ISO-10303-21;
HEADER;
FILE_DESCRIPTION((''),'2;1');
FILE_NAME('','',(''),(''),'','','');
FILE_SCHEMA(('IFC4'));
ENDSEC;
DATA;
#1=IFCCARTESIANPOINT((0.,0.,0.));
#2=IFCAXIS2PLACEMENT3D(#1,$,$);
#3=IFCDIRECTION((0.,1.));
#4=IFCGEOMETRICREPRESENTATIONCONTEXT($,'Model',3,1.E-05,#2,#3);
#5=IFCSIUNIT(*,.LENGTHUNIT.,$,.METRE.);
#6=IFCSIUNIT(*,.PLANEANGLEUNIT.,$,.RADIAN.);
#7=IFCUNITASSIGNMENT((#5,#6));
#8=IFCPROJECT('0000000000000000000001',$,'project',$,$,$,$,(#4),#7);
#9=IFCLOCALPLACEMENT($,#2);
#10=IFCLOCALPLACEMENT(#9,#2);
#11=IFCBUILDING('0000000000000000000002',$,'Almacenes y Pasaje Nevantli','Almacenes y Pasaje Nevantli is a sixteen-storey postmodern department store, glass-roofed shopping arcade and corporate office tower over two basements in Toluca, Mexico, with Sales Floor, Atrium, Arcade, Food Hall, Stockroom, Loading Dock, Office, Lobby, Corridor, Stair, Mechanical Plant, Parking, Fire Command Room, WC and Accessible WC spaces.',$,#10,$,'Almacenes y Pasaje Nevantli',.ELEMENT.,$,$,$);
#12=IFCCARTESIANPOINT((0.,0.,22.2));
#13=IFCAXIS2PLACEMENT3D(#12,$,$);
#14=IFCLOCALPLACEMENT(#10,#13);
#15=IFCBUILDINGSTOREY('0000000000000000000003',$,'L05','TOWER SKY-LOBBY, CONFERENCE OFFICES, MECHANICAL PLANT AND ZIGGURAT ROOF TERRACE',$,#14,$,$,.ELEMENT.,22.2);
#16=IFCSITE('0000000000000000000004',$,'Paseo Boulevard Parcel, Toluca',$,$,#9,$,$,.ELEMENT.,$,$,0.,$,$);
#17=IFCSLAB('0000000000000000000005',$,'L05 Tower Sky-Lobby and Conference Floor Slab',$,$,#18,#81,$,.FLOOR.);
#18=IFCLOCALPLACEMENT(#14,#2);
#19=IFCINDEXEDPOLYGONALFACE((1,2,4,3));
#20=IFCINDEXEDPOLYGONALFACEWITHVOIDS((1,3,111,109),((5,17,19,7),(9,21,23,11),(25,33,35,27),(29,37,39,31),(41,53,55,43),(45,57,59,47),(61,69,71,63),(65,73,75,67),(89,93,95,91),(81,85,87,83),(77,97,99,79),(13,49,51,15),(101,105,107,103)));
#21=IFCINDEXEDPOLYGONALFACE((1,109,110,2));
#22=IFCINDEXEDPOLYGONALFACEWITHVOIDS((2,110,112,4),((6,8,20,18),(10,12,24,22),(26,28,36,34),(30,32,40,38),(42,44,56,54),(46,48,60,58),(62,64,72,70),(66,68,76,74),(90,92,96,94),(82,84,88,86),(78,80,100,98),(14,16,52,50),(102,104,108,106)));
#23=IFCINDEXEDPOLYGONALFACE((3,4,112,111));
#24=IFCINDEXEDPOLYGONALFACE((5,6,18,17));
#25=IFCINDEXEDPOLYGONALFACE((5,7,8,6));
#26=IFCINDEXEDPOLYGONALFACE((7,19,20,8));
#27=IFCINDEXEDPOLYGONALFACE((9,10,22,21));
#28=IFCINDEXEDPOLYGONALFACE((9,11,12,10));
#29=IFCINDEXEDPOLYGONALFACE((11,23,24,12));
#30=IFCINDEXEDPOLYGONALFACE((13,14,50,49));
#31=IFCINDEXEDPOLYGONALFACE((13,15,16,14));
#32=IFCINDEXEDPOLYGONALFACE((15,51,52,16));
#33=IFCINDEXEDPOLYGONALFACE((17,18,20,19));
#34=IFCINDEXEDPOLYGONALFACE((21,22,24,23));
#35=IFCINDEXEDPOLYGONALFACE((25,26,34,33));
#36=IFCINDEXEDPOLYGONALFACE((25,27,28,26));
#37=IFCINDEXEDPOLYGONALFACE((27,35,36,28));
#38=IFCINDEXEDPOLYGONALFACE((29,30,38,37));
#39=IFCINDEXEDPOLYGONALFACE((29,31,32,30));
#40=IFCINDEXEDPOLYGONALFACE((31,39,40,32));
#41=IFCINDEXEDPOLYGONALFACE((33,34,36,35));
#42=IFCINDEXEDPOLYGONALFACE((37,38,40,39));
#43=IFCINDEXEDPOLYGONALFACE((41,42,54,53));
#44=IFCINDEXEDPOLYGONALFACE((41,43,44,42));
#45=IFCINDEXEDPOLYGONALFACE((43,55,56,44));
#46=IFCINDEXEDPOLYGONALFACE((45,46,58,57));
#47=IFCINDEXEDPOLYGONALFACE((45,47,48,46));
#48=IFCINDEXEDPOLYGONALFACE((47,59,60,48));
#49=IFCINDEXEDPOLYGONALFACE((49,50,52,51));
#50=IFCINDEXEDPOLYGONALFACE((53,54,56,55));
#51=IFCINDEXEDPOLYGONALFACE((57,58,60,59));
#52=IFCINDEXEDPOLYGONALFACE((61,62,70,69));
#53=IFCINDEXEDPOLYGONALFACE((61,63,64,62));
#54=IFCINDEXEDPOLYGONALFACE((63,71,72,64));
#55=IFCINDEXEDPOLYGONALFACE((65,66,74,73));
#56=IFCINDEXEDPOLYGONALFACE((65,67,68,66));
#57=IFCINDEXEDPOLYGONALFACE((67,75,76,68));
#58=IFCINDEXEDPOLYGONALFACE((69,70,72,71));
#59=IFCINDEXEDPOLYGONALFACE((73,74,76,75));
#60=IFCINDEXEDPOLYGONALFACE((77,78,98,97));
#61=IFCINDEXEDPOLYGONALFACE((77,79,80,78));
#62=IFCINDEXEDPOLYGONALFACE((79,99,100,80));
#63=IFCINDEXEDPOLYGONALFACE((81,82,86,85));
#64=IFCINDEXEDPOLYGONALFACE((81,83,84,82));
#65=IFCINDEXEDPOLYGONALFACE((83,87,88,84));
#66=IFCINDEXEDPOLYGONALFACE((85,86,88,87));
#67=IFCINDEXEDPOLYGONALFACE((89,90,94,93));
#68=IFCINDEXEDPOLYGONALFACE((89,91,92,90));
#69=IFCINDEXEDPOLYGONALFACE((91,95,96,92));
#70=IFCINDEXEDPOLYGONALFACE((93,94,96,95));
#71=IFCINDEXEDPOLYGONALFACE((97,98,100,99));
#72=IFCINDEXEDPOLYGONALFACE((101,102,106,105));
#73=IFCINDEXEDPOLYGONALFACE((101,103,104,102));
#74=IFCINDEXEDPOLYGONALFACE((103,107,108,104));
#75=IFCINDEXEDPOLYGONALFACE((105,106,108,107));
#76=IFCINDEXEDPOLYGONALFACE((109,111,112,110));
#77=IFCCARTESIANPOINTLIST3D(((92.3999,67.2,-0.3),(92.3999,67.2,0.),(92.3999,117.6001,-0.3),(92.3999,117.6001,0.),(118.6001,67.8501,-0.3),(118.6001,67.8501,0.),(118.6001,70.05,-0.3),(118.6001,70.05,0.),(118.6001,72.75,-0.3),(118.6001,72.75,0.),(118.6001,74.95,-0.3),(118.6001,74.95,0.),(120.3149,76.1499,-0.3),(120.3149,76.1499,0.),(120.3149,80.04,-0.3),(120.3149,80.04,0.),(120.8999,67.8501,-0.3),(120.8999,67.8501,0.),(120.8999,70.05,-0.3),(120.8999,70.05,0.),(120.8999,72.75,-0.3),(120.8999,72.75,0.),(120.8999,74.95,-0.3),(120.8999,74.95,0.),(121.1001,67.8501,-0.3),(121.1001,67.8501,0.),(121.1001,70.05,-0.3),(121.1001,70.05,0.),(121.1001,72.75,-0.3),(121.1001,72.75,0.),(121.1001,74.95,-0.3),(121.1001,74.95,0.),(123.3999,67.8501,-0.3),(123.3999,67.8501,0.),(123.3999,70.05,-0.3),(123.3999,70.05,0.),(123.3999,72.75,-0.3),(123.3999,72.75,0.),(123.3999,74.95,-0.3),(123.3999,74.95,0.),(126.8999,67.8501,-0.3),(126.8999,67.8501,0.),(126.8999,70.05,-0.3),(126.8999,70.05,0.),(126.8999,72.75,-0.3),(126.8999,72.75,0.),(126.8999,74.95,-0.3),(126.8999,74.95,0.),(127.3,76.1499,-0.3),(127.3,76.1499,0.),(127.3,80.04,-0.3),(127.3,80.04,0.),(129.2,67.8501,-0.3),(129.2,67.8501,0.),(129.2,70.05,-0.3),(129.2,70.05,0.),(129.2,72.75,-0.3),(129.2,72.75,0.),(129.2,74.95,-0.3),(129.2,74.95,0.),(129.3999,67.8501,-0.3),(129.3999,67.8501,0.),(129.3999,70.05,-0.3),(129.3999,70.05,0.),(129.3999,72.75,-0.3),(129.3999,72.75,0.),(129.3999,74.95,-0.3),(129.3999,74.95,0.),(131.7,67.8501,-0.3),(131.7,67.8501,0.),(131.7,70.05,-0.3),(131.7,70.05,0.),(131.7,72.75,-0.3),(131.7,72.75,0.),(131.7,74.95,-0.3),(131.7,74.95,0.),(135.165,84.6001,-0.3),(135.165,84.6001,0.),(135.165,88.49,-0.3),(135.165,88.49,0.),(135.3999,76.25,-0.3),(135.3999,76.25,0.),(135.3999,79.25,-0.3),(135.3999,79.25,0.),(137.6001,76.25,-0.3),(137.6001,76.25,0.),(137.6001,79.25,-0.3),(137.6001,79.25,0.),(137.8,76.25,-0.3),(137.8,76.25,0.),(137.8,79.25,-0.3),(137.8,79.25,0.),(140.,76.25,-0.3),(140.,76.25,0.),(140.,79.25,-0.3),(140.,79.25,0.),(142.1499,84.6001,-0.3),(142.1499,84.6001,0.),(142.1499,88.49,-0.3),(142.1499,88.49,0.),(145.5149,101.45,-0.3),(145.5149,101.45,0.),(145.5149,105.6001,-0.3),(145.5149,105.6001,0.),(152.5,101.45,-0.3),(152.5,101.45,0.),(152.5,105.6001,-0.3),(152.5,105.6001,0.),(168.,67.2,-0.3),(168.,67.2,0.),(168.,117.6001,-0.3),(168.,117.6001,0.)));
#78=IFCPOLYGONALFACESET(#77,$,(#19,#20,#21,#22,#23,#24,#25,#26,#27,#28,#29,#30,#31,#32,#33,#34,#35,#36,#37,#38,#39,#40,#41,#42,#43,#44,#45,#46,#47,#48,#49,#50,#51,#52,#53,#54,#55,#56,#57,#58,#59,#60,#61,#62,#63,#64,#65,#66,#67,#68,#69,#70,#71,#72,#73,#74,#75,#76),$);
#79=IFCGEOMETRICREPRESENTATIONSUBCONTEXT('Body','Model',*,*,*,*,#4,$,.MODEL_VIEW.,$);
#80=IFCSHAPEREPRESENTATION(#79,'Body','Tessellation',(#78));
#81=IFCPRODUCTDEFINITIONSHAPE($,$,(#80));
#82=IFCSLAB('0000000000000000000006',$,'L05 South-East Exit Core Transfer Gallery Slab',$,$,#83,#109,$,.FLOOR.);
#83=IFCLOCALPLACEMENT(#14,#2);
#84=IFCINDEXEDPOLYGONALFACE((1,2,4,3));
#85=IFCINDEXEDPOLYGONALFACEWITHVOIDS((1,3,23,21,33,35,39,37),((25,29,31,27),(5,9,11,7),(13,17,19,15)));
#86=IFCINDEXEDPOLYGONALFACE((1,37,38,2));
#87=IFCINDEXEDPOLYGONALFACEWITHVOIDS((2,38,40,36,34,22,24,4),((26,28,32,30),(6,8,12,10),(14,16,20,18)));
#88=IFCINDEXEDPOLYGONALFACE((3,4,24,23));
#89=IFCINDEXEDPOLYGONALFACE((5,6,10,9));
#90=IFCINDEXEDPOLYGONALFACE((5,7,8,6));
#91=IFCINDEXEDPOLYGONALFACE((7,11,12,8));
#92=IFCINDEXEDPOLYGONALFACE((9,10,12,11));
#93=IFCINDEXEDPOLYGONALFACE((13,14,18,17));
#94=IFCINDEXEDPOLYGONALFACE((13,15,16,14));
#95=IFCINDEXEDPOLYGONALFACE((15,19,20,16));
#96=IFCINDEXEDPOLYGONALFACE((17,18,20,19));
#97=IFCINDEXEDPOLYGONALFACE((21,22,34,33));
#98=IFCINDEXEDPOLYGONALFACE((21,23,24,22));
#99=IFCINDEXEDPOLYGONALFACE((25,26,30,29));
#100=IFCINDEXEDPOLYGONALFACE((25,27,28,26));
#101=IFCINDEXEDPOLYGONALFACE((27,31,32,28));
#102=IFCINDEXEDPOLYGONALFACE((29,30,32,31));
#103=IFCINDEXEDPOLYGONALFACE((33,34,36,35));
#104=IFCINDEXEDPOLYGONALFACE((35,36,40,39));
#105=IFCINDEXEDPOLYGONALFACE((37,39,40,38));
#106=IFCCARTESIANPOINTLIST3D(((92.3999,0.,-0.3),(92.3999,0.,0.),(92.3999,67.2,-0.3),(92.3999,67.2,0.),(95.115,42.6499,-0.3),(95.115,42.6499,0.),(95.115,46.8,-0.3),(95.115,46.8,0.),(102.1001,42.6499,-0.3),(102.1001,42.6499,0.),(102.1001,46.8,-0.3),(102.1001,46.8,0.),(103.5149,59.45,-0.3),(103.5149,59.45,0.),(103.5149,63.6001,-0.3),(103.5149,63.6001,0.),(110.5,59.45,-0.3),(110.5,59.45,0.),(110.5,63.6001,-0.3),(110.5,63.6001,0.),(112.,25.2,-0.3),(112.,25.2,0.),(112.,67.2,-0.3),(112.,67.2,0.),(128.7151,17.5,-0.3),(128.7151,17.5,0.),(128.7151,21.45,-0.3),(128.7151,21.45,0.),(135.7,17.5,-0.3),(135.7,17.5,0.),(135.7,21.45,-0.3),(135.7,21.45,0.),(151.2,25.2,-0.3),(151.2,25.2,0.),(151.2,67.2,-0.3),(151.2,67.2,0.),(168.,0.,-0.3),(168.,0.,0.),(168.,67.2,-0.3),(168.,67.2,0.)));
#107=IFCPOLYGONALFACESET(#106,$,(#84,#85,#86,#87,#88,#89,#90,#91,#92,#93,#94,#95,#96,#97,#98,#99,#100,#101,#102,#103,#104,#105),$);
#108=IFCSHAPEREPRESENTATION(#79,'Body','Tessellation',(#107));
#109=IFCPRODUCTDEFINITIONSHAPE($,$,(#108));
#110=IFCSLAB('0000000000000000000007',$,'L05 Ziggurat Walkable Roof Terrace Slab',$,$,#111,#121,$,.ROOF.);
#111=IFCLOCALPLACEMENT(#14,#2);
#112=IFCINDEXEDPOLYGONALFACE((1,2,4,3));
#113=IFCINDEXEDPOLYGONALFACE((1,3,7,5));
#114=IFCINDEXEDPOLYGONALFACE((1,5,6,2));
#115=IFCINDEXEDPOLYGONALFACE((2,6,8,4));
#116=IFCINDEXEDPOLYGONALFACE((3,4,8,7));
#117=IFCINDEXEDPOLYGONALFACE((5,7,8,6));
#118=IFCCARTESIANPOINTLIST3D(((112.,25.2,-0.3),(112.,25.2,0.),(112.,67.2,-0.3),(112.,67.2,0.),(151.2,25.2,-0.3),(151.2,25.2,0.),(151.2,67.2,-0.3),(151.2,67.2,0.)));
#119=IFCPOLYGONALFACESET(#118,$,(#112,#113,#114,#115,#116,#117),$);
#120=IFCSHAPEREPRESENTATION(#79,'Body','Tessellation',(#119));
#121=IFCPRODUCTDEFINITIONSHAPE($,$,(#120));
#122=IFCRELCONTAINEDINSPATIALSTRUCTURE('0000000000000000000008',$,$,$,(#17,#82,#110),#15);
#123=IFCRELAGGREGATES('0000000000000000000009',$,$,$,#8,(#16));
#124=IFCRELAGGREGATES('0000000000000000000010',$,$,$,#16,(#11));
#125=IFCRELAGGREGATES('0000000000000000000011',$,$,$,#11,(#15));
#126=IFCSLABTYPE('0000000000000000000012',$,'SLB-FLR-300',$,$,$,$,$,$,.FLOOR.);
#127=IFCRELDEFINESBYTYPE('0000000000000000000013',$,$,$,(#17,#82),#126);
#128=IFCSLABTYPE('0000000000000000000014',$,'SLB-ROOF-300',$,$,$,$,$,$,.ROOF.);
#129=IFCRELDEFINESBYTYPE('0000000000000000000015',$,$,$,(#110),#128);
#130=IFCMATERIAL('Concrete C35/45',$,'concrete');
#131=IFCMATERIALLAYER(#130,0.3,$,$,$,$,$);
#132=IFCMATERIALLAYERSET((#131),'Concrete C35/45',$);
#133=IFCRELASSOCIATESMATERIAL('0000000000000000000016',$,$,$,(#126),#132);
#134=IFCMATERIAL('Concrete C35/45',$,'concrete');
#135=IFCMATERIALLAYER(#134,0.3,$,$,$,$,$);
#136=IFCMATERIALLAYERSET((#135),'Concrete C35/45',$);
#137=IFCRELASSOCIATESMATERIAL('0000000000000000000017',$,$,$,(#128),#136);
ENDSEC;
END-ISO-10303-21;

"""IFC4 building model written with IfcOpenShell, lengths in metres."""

from ifc_helpers import new_model, si_unit, direction, frame, origin, place, context, subcontext, project, spatial, polyline, outline, extrude, material, layer, layer_set, type_object, element, save


model = new_model("IFC4")

# Units and contexts
model_context = context("Model", 3, precision=1e-05, world=origin(), true_north=direction((0.0, 1.0)))
body_context = subcontext(model_context, "Body", "Model", "MODEL_VIEW")
ifc_project = project(units=[si_unit("LENGTHUNIT", "METRE"), si_unit("PLANEANGLEUNIT", "RADIAN")], contexts=[model_context])

# Site, building, storey
site_placement = place(None, origin())
site = spatial("IfcSite", under=ifc_project, at=site_placement, Name="Paseo Boulevard Parcel, Toluca", CompositionType="ELEMENT", RefElevation=0.0)
building_placement = place(site_placement, origin())
building = spatial("IfcBuilding", under=site, at=building_placement, Name="Almacenes y Pasaje Nevantli", Description="Almacenes y Pasaje Nevantli is a sixteen-storey postmodern department store, glass-roofed shopping arcade and corporate office tower over two basements in Toluca, Mexico, with Sales Floor, Atrium, Arcade, Food Hall, Stockroom, Loading Dock, Office, Lobby, Corridor, Stair, Mechanical Plant, Parking, Fire Command Room, WC and Accessible WC spaces.", LongName="Almacenes y Pasaje Nevantli", CompositionType="ELEMENT")
storey_placement = place(building_placement, frame((0.0, 0.0, 22.2)))
storey = spatial("IfcBuildingStorey", under=building, at=storey_placement, Name="L05", Description="TOWER SKY-LOBBY, CONFERENCE OFFICES, MECHANICAL PLANT AND ZIGGURAT ROOF TERRACE", CompositionType="ELEMENT", Elevation=22.2)

# Shared definitions
ifc_material_1 = material(Name="Concrete C35/45", Category="concrete")
ifc_layer_1 = layer(ifc_material_1, 0.3)
ifc_layer_set_1 = layer_set([ifc_layer_1], Name="Concrete C35/45")
slab_type_1 = type_object("IfcSlabType", Name="SLB-FLR-300", PredefinedType="FLOOR", material=ifc_layer_set_1)

# Slabs
slab_1_placement = place(storey_placement, frame((0.0, 0.0, -0.3)))
element("IfcSlab", 1, at=slab_1_placement, inside=storey, type_object=slab_type_1, Name="L05 Tower Sky-Lobby and Conference Floor Slab", PredefinedType="FLOOR", context=body_context, shape_type="SweptSolid", body=[
    extrude(outline(polyline([(92.3999, 67.2), (168.0, 67.2), (168.0, 117.6001), (92.3999, 117.6001), (92.3999, 67.2)]), holes=[polyline([(120.3149, 76.1499), (127.3, 76.1499), (127.3, 80.04), (120.3149, 80.04), (120.3149, 76.1499)]), polyline([(135.165, 84.6001), (142.1499, 84.6001), (142.1499, 88.49), (135.165, 88.49), (135.165, 84.6001)]), polyline([(145.5149, 101.45), (152.5, 101.45), (152.5, 105.6001), (145.5149, 105.6001), (145.5149, 101.45)]), polyline([(126.8999, 67.8501), (129.2, 67.8501), (129.2, 70.05), (126.8999, 70.05), (126.8999, 67.8501)]), polyline([(129.3999, 67.8501), (131.7, 67.8501), (131.7, 70.05), (129.3999, 70.05), (129.3999, 67.8501)]), polyline([(126.8999, 72.75), (129.2, 72.75), (129.2, 74.95), (126.8999, 74.95), (126.8999, 72.75)]), polyline([(129.3999, 72.75), (131.7, 72.75), (131.7, 74.95), (129.3999, 74.95), (129.3999, 72.75)]), polyline([(118.6001, 67.8501), (120.8999, 67.8501), (120.8999, 70.05), (118.6001, 70.05), (118.6001, 67.8501)]), polyline([(121.1001, 67.8501), (123.3999, 67.8501), (123.3999, 70.05), (121.1001, 70.05), (121.1001, 67.8501)]), polyline([(118.6001, 72.75), (120.8999, 72.75), (120.8999, 74.95), (118.6001, 74.95), (118.6001, 72.75)]), polyline([(121.1001, 72.75), (123.3999, 72.75), (123.3999, 74.95), (121.1001, 74.95), (121.1001, 72.75)]), polyline([(135.3999, 76.25), (137.6001, 76.25), (137.6001, 79.25), (135.3999, 79.25), (135.3999, 76.25)]), polyline([(137.8, 76.25), (140.0, 76.25), (140.0, 79.25), (137.8, 79.25), (137.8, 76.25)])]), origin(), (0.0, 0.0, 1.0), 0.3),
])
slab_2_placement = place(storey_placement, frame((0.0, 0.0, -0.3)))
element("IfcSlab", 2, at=slab_2_placement, inside=storey, type_object=slab_type_1, Name="L05 South-East Exit Core Transfer Gallery Slab", PredefinedType="FLOOR", context=body_context, shape_type="SweptSolid", body=[
    extrude(outline(polyline([(92.3999, 0.0), (168.0, 0.0), (168.0, 67.2), (151.2, 67.2), (151.2, 25.2), (112.0, 25.2), (112.0, 67.2), (92.3999, 67.2), (92.3999, 0.0)]), holes=[polyline([(128.7151, 17.5), (135.7, 17.5), (135.7, 21.45), (128.7151, 21.45), (128.7151, 17.5)]), polyline([(95.115, 42.6499), (102.1001, 42.6499), (102.1001, 46.8), (95.115, 46.8), (95.115, 42.6499)]), polyline([(103.5149, 59.45), (110.5, 59.45), (110.5, 63.6001), (103.5149, 63.6001), (103.5149, 59.45)])]), origin(), (0.0, 0.0, 1.0), 0.3),
])
ifc_material_2 = material(Name="Concrete C35/45", Category="concrete")
ifc_layer_2 = layer(ifc_material_2, 0.3)
ifc_layer_set_2 = layer_set([ifc_layer_2], Name="Concrete C35/45")
slab_type_2 = type_object("IfcSlabType", Name="SLB-ROOF-300", PredefinedType="ROOF", material=ifc_layer_set_2)
slab_3_placement = place(storey_placement, frame((0.0, 0.0, -0.3)))
element("IfcSlab", 3, at=slab_3_placement, inside=storey, type_object=slab_type_2, Name="L05 Ziggurat Walkable Roof Terrace Slab", PredefinedType="ROOF", context=body_context, shape_type="SweptSolid", body=[
    extrude(outline(polyline([(112.0, 25.2), (151.2, 25.2), (151.2, 67.2), (112.0, 67.2), (112.0, 25.2)])), origin(), (0.0, 0.0, 1.0), 0.3),
])

save(model, "model.ifc")
